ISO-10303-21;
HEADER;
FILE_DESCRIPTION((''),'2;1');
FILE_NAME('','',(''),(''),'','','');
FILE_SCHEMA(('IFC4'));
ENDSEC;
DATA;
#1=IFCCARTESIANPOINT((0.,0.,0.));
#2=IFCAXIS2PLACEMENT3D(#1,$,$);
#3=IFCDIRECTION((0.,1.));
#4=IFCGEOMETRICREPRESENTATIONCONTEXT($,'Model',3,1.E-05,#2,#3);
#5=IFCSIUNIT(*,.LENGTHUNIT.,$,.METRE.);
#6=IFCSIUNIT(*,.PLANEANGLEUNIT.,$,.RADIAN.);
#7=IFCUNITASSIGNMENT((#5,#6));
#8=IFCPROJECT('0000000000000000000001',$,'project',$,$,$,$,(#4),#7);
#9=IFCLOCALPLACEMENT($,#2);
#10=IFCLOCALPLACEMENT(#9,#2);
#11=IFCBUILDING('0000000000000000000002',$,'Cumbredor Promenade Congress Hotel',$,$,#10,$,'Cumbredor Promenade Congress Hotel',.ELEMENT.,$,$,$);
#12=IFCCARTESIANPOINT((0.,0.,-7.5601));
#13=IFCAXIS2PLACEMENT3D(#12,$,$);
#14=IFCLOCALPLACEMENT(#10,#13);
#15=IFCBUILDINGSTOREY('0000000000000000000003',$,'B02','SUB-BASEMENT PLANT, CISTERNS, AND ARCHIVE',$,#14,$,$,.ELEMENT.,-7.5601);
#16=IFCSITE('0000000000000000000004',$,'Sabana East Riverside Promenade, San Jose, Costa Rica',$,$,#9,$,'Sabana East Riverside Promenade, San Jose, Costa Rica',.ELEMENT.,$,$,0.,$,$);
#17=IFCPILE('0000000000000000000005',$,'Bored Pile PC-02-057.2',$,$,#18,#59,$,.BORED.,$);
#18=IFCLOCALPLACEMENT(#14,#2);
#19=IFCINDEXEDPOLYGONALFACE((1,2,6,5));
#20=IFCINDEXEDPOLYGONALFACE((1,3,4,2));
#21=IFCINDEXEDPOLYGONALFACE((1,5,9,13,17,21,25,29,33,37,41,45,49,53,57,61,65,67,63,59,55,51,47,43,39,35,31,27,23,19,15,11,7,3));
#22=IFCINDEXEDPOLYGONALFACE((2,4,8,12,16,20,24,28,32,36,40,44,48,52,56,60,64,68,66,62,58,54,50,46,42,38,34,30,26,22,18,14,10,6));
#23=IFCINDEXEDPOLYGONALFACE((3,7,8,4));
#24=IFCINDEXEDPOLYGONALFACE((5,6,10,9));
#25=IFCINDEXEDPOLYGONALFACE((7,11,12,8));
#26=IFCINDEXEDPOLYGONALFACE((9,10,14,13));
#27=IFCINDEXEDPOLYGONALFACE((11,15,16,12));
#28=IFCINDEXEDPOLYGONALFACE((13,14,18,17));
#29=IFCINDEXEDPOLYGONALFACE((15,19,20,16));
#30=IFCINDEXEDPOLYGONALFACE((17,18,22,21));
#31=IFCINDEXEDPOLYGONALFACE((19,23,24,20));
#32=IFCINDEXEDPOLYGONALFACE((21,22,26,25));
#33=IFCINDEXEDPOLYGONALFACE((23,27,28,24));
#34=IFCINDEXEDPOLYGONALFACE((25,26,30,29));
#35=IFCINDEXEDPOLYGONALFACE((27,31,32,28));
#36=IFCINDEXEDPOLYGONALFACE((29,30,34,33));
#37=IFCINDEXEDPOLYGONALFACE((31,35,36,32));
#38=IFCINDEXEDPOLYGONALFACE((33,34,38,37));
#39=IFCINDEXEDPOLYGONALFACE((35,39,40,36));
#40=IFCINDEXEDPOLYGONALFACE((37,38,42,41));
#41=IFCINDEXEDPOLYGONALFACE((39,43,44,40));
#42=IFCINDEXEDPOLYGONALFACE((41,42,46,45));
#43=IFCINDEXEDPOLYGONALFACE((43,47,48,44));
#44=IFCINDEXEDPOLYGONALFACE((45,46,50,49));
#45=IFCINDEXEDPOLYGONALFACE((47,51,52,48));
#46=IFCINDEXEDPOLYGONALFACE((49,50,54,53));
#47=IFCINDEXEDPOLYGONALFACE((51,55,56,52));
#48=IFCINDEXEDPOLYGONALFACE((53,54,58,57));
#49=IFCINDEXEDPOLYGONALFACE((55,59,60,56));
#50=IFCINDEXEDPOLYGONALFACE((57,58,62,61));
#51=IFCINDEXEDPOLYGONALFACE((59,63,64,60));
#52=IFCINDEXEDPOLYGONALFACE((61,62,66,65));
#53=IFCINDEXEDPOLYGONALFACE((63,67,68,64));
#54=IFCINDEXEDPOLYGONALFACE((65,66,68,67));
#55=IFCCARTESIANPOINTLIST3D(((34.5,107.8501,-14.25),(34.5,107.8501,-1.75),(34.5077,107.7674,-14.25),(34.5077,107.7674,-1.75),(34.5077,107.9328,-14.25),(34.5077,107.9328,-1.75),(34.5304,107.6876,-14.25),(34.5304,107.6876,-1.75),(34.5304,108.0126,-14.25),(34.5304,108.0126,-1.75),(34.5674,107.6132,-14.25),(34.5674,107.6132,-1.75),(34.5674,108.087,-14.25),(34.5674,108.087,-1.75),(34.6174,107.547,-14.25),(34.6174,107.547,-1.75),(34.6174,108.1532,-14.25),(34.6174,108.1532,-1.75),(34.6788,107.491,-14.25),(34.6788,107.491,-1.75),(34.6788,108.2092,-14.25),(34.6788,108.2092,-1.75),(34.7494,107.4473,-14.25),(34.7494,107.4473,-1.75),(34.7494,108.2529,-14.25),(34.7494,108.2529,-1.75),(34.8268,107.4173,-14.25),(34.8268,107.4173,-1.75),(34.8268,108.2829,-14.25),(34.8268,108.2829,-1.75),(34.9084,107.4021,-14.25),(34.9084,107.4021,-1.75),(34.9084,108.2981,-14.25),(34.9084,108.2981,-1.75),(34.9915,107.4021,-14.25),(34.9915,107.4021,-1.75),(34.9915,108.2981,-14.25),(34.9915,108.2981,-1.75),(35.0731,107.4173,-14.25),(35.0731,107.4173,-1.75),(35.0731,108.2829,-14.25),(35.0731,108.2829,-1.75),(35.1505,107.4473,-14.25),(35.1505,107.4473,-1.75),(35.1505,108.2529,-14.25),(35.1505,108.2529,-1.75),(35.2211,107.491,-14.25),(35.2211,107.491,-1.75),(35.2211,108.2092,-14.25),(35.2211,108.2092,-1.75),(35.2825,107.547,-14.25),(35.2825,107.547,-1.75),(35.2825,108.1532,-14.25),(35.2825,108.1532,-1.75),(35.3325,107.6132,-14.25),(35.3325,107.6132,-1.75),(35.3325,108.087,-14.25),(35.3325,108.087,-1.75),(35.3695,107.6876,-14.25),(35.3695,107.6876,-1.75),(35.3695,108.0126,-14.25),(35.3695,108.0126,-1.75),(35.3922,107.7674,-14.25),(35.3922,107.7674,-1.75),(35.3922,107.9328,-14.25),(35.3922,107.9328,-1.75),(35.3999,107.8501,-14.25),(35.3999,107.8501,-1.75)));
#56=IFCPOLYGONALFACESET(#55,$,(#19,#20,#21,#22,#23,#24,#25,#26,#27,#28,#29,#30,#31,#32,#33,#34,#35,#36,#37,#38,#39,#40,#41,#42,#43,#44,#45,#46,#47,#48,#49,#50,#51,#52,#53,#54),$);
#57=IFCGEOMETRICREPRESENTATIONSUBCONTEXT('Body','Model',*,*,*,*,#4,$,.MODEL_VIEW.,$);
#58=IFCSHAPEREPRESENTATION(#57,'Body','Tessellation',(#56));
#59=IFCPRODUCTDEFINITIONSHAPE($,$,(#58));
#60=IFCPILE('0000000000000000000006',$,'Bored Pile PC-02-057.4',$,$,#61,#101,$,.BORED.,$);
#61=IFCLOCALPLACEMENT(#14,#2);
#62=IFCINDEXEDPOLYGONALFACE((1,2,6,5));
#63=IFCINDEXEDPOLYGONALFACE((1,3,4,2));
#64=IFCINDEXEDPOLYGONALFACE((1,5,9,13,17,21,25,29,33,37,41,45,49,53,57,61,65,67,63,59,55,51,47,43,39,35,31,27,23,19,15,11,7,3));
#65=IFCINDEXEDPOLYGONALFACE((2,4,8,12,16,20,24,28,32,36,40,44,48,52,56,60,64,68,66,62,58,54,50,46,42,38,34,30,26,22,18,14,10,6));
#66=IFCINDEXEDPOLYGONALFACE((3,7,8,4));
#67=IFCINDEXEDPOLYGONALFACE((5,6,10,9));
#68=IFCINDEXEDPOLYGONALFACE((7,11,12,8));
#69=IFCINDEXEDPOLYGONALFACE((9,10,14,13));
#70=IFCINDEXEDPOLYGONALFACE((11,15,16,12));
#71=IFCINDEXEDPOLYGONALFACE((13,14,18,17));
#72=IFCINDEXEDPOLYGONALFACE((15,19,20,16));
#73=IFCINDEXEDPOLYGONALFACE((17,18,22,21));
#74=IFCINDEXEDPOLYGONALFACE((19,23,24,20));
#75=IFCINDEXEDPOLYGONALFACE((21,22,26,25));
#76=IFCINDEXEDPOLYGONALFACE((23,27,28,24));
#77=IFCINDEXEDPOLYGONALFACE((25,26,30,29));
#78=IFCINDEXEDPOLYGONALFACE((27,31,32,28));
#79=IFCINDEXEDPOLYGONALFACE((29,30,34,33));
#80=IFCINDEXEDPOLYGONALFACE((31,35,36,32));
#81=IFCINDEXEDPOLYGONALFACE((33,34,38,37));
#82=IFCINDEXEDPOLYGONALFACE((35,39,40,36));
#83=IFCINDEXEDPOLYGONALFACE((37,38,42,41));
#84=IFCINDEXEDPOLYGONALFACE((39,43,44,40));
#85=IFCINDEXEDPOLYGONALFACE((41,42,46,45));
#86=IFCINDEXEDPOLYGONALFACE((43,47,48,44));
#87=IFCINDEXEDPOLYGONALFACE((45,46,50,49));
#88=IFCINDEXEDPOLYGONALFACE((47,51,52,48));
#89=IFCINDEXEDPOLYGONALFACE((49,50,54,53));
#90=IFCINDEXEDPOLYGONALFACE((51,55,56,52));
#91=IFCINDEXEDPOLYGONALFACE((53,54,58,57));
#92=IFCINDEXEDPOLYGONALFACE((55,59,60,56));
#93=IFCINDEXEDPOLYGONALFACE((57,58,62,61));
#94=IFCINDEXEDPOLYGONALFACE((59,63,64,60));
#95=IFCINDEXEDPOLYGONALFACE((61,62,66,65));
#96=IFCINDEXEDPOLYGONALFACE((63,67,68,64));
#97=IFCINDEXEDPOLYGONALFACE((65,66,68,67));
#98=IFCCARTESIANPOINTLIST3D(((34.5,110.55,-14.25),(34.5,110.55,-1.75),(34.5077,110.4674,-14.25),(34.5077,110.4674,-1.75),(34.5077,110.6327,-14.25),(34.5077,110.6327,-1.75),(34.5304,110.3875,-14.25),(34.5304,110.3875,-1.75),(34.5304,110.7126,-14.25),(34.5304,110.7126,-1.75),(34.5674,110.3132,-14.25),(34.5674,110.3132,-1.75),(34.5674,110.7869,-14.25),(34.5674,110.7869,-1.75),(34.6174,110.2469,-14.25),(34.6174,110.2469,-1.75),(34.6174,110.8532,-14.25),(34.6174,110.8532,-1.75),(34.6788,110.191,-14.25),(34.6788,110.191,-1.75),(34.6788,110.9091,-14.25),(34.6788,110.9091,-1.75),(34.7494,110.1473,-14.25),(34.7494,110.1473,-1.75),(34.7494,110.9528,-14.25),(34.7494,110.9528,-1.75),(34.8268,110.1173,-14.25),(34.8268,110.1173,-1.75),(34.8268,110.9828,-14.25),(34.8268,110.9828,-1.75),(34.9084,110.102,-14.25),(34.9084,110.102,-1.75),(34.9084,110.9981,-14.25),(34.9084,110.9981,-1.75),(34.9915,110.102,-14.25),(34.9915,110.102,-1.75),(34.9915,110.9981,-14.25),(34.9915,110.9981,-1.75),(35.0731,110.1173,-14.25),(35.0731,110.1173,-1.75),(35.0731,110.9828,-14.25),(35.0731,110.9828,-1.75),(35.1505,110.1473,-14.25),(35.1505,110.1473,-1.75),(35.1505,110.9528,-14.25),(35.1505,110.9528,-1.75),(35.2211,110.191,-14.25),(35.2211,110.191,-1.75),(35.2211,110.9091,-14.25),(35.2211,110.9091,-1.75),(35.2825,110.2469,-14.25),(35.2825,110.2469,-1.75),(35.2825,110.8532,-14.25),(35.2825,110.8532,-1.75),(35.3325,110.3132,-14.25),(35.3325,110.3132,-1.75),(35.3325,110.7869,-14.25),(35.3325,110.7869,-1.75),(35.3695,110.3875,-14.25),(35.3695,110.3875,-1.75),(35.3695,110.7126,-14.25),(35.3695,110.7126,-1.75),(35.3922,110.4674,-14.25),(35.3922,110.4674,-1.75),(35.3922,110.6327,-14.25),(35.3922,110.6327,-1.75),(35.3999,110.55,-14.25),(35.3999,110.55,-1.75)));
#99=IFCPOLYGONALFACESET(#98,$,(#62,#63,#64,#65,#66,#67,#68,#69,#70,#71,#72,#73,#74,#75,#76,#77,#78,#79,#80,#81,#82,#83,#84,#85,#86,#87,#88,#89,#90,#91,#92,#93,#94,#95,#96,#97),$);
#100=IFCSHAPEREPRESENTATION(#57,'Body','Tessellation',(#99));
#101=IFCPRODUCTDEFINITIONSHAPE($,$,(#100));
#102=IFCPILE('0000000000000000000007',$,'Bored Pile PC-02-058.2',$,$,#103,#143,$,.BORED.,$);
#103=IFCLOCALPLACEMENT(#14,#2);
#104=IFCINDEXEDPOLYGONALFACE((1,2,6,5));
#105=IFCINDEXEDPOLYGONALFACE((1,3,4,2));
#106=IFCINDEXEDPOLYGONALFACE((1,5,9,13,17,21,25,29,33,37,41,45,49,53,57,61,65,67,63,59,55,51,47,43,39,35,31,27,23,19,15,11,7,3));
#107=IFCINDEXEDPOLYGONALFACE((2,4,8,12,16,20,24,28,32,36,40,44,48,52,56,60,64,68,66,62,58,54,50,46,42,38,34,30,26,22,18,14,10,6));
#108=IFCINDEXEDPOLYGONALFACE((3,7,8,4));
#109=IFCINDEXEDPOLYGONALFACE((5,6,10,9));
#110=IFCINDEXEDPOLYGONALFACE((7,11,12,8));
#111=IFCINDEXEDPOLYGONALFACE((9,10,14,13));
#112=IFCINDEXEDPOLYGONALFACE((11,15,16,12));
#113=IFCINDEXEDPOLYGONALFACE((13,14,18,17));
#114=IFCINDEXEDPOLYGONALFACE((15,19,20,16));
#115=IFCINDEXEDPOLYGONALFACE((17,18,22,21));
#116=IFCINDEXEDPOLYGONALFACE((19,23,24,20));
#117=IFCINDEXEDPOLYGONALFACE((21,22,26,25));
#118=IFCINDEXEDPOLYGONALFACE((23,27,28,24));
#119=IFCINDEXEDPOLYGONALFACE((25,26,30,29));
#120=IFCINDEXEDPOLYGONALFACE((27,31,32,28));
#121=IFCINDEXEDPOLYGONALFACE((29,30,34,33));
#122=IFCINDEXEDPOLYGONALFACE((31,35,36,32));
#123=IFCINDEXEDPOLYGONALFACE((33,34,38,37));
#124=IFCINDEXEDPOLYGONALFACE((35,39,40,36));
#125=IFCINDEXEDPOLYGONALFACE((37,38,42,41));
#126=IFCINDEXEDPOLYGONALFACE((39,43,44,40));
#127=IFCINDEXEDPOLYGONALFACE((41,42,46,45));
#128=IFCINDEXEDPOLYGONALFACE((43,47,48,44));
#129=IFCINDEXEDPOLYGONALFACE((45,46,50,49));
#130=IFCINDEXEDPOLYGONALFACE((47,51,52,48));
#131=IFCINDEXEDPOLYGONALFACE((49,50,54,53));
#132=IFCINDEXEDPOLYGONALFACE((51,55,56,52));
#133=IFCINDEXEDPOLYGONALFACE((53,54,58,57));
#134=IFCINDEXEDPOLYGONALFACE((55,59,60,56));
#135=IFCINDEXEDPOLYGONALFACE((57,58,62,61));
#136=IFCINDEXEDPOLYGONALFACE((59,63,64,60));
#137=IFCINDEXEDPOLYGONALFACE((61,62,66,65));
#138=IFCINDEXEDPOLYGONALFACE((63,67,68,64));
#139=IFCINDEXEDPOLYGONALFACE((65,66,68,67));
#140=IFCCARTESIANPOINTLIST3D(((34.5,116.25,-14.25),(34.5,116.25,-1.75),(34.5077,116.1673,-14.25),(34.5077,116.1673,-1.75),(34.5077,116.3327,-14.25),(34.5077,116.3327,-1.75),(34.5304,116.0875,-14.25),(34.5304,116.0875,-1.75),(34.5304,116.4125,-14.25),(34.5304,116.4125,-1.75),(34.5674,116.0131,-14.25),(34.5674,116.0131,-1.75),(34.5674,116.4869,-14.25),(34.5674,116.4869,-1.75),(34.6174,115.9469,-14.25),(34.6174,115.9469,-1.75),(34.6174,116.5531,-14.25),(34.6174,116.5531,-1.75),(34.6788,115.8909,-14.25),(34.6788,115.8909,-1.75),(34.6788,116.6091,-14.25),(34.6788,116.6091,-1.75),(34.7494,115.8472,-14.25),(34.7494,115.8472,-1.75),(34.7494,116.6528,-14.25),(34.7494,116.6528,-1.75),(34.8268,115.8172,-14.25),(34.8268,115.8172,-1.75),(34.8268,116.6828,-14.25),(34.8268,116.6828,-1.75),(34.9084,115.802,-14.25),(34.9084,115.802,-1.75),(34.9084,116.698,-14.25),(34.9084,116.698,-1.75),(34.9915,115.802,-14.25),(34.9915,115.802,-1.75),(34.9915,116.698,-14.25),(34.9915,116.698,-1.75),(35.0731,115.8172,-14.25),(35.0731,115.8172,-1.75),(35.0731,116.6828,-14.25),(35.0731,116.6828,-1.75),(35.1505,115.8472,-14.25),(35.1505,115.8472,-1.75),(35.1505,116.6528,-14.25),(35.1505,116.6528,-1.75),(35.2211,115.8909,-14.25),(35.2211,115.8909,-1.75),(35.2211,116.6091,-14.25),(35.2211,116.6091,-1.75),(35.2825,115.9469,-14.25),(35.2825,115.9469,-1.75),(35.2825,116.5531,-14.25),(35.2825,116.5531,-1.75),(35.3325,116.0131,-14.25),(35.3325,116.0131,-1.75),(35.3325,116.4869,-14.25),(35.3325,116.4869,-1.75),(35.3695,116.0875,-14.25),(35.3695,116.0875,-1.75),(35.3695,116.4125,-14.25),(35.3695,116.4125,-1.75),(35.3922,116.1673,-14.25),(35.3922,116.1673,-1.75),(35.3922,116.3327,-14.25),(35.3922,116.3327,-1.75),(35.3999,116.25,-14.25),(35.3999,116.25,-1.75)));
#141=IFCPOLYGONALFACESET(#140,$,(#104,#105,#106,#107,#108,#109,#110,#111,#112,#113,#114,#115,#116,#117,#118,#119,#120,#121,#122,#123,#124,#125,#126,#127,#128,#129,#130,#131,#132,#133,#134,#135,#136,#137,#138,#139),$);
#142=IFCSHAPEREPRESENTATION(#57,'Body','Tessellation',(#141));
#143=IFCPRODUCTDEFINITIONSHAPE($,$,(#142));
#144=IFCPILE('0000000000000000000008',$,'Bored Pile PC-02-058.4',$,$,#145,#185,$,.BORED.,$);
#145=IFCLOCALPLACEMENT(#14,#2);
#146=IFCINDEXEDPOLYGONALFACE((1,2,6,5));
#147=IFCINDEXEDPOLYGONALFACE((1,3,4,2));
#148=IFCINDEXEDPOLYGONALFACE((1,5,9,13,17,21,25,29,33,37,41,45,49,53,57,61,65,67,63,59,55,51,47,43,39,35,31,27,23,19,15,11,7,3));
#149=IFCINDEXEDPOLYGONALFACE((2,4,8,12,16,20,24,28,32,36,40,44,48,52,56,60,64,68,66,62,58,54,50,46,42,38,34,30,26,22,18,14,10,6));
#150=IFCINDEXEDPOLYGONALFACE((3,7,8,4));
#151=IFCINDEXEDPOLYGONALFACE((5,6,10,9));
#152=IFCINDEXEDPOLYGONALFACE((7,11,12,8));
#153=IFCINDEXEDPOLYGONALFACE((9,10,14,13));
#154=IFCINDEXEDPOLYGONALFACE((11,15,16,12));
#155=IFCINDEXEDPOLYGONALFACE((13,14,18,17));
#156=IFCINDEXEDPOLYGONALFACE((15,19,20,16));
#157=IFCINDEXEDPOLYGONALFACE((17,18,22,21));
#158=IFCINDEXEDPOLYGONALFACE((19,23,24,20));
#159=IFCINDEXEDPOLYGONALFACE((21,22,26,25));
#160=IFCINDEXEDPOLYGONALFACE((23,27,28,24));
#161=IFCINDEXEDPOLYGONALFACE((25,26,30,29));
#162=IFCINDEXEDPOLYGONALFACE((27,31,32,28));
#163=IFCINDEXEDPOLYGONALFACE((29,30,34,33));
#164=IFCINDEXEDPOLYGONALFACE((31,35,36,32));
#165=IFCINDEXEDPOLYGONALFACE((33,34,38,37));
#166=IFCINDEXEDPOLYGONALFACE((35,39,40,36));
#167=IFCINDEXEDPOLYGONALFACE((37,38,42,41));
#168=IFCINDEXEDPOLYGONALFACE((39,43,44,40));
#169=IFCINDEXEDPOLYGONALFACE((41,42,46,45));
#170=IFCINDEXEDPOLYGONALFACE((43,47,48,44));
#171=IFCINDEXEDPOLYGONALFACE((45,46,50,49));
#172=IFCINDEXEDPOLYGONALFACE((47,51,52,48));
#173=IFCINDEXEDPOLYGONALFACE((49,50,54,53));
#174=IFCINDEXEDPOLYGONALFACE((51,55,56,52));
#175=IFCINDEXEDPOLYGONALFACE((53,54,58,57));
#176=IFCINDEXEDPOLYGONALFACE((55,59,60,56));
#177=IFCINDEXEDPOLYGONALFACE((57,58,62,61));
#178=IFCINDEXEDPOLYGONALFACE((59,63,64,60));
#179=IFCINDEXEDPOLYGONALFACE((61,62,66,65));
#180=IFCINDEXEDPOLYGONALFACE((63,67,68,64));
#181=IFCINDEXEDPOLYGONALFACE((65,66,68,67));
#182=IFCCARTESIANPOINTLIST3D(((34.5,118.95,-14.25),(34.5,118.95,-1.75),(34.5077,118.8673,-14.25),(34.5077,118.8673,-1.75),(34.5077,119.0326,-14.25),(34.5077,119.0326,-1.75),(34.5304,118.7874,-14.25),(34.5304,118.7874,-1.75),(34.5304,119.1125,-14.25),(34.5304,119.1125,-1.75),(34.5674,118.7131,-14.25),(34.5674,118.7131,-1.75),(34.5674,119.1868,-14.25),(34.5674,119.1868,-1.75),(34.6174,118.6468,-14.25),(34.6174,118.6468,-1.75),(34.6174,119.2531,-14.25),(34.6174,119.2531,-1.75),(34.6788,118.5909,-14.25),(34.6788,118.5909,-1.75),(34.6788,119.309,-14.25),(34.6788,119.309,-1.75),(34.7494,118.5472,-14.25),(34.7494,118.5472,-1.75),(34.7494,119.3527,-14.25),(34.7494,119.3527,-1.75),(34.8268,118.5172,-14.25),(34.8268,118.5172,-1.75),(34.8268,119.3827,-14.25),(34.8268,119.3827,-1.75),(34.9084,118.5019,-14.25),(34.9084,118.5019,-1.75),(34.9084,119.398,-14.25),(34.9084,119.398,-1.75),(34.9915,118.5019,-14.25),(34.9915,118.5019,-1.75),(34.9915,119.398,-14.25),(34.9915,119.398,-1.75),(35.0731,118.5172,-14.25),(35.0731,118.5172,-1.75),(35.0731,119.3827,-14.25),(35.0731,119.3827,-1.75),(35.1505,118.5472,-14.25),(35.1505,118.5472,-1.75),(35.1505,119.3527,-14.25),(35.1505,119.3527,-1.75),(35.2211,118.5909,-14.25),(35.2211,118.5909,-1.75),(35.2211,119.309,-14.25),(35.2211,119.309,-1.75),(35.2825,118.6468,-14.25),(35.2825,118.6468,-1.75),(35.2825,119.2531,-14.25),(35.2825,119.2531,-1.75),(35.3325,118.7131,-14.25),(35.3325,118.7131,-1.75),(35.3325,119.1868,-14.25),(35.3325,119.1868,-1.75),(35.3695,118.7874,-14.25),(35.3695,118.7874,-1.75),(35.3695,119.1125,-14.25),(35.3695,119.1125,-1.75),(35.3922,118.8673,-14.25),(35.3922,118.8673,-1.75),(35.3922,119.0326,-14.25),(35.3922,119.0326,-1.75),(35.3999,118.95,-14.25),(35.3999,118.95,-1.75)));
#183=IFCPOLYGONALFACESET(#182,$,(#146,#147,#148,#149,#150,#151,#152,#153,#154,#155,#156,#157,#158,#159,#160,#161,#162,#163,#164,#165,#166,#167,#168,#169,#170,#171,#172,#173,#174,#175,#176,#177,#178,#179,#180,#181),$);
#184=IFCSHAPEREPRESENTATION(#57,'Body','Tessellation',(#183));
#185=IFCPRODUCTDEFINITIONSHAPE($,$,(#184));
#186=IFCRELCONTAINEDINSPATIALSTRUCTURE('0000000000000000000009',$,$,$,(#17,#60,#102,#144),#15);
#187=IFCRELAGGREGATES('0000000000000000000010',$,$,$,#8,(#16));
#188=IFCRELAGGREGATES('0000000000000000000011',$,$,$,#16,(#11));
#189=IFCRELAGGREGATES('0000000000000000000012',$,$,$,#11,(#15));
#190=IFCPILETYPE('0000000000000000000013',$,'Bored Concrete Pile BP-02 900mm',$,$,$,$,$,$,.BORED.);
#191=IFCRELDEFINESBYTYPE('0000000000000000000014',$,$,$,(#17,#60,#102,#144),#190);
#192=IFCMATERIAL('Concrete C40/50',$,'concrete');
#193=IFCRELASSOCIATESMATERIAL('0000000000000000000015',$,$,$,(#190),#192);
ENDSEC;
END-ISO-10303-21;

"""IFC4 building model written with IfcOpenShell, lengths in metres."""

from ifc_helpers import new_model, si_unit, direction, frame, origin, origin_2d, place, context, subcontext, project, spatial, circle, extrude, material, material_profile, profile_set, type_object, element, save


model = new_model("IFC4")

# Units and contexts
model_context = context("Model", 3, precision=1e-05, world=origin(), true_north=direction((0.0, 1.0)))
body_context = subcontext(model_context, "Body", "Model", "MODEL_VIEW")
ifc_project = project(units=[si_unit("LENGTHUNIT", "METRE"), si_unit("PLANEANGLEUNIT", "RADIAN")], contexts=[model_context])

# Site, building, storey
site_placement = place(None, origin())
site = spatial("IfcSite", under=ifc_project, at=site_placement, Name="Sabana East Riverside Promenade, San Jose, Costa Rica", LongName="Sabana East Riverside Promenade, San Jose, Costa Rica", CompositionType="ELEMENT", RefElevation=0.0)
building_placement = place(site_placement, origin())
building = spatial("IfcBuilding", under=site, at=building_placement, Name="Cumbredor Promenade Congress Hotel", LongName="Cumbredor Promenade Congress Hotel", CompositionType="ELEMENT")
storey_placement = place(building_placement, frame((0.0, 0.0, -7.5601)))
storey = spatial("IfcBuildingStorey", under=building, at=storey_placement, Name="B02", Description="SUB-BASEMENT PLANT, CISTERNS, AND ARCHIVE", CompositionType="ELEMENT", Elevation=-7.5601)

# Piles
ifc_material_1 = material(Name="Concrete C40/50", Category="concrete")
ifc_material_profile_1 = material_profile(ifc_material_1, circle(Radius=0.45, at=origin_2d()), Name="PILE D900")
ifc_profile_set_1 = profile_set([ifc_material_profile_1], Name="Concrete C40/50")
pile_type = type_object("IfcPileType", Name="Bored Concrete Pile BP-02 900mm", PredefinedType="BORED", material=ifc_profile_set_1)
for number, where, z_axis, x_axis, name in (
    (1, (34.95, 107.8501, -1.75), (0.0, 0.0, -1.0), (1.0, 0.0, 0.0), "Bored Pile PC-02-057.2"),
    (2, (34.95, 110.55, -1.75), (0.0, 0.0, -1.0), (1.0, 0.0, 0.0), "Bored Pile PC-02-057.4"),
    (3, (34.95, 116.25, -1.75), (0.0, 0.0, -1.0), (1.0, 0.0, 0.0), "Bored Pile PC-02-058.2"),
    (4, (34.95, 118.95, -1.75), (0.0, 0.0, -1.0), (1.0, 0.0, 0.0), "Bored Pile PC-02-058.4"),
):
    element("IfcPile", number, at=place(storey_placement, frame(where, z_axis=z_axis, x_axis=x_axis)), inside=storey, type_object=pile_type, Name=name, PredefinedType="BORED", context=body_context, shape_type="SweptSolid", body=[
        extrude(circle(Radius=0.45, at=origin_2d()), origin(), (0.0, 0.0, 1.0), 12.5),
    ])

save(model, "model.ifc")
